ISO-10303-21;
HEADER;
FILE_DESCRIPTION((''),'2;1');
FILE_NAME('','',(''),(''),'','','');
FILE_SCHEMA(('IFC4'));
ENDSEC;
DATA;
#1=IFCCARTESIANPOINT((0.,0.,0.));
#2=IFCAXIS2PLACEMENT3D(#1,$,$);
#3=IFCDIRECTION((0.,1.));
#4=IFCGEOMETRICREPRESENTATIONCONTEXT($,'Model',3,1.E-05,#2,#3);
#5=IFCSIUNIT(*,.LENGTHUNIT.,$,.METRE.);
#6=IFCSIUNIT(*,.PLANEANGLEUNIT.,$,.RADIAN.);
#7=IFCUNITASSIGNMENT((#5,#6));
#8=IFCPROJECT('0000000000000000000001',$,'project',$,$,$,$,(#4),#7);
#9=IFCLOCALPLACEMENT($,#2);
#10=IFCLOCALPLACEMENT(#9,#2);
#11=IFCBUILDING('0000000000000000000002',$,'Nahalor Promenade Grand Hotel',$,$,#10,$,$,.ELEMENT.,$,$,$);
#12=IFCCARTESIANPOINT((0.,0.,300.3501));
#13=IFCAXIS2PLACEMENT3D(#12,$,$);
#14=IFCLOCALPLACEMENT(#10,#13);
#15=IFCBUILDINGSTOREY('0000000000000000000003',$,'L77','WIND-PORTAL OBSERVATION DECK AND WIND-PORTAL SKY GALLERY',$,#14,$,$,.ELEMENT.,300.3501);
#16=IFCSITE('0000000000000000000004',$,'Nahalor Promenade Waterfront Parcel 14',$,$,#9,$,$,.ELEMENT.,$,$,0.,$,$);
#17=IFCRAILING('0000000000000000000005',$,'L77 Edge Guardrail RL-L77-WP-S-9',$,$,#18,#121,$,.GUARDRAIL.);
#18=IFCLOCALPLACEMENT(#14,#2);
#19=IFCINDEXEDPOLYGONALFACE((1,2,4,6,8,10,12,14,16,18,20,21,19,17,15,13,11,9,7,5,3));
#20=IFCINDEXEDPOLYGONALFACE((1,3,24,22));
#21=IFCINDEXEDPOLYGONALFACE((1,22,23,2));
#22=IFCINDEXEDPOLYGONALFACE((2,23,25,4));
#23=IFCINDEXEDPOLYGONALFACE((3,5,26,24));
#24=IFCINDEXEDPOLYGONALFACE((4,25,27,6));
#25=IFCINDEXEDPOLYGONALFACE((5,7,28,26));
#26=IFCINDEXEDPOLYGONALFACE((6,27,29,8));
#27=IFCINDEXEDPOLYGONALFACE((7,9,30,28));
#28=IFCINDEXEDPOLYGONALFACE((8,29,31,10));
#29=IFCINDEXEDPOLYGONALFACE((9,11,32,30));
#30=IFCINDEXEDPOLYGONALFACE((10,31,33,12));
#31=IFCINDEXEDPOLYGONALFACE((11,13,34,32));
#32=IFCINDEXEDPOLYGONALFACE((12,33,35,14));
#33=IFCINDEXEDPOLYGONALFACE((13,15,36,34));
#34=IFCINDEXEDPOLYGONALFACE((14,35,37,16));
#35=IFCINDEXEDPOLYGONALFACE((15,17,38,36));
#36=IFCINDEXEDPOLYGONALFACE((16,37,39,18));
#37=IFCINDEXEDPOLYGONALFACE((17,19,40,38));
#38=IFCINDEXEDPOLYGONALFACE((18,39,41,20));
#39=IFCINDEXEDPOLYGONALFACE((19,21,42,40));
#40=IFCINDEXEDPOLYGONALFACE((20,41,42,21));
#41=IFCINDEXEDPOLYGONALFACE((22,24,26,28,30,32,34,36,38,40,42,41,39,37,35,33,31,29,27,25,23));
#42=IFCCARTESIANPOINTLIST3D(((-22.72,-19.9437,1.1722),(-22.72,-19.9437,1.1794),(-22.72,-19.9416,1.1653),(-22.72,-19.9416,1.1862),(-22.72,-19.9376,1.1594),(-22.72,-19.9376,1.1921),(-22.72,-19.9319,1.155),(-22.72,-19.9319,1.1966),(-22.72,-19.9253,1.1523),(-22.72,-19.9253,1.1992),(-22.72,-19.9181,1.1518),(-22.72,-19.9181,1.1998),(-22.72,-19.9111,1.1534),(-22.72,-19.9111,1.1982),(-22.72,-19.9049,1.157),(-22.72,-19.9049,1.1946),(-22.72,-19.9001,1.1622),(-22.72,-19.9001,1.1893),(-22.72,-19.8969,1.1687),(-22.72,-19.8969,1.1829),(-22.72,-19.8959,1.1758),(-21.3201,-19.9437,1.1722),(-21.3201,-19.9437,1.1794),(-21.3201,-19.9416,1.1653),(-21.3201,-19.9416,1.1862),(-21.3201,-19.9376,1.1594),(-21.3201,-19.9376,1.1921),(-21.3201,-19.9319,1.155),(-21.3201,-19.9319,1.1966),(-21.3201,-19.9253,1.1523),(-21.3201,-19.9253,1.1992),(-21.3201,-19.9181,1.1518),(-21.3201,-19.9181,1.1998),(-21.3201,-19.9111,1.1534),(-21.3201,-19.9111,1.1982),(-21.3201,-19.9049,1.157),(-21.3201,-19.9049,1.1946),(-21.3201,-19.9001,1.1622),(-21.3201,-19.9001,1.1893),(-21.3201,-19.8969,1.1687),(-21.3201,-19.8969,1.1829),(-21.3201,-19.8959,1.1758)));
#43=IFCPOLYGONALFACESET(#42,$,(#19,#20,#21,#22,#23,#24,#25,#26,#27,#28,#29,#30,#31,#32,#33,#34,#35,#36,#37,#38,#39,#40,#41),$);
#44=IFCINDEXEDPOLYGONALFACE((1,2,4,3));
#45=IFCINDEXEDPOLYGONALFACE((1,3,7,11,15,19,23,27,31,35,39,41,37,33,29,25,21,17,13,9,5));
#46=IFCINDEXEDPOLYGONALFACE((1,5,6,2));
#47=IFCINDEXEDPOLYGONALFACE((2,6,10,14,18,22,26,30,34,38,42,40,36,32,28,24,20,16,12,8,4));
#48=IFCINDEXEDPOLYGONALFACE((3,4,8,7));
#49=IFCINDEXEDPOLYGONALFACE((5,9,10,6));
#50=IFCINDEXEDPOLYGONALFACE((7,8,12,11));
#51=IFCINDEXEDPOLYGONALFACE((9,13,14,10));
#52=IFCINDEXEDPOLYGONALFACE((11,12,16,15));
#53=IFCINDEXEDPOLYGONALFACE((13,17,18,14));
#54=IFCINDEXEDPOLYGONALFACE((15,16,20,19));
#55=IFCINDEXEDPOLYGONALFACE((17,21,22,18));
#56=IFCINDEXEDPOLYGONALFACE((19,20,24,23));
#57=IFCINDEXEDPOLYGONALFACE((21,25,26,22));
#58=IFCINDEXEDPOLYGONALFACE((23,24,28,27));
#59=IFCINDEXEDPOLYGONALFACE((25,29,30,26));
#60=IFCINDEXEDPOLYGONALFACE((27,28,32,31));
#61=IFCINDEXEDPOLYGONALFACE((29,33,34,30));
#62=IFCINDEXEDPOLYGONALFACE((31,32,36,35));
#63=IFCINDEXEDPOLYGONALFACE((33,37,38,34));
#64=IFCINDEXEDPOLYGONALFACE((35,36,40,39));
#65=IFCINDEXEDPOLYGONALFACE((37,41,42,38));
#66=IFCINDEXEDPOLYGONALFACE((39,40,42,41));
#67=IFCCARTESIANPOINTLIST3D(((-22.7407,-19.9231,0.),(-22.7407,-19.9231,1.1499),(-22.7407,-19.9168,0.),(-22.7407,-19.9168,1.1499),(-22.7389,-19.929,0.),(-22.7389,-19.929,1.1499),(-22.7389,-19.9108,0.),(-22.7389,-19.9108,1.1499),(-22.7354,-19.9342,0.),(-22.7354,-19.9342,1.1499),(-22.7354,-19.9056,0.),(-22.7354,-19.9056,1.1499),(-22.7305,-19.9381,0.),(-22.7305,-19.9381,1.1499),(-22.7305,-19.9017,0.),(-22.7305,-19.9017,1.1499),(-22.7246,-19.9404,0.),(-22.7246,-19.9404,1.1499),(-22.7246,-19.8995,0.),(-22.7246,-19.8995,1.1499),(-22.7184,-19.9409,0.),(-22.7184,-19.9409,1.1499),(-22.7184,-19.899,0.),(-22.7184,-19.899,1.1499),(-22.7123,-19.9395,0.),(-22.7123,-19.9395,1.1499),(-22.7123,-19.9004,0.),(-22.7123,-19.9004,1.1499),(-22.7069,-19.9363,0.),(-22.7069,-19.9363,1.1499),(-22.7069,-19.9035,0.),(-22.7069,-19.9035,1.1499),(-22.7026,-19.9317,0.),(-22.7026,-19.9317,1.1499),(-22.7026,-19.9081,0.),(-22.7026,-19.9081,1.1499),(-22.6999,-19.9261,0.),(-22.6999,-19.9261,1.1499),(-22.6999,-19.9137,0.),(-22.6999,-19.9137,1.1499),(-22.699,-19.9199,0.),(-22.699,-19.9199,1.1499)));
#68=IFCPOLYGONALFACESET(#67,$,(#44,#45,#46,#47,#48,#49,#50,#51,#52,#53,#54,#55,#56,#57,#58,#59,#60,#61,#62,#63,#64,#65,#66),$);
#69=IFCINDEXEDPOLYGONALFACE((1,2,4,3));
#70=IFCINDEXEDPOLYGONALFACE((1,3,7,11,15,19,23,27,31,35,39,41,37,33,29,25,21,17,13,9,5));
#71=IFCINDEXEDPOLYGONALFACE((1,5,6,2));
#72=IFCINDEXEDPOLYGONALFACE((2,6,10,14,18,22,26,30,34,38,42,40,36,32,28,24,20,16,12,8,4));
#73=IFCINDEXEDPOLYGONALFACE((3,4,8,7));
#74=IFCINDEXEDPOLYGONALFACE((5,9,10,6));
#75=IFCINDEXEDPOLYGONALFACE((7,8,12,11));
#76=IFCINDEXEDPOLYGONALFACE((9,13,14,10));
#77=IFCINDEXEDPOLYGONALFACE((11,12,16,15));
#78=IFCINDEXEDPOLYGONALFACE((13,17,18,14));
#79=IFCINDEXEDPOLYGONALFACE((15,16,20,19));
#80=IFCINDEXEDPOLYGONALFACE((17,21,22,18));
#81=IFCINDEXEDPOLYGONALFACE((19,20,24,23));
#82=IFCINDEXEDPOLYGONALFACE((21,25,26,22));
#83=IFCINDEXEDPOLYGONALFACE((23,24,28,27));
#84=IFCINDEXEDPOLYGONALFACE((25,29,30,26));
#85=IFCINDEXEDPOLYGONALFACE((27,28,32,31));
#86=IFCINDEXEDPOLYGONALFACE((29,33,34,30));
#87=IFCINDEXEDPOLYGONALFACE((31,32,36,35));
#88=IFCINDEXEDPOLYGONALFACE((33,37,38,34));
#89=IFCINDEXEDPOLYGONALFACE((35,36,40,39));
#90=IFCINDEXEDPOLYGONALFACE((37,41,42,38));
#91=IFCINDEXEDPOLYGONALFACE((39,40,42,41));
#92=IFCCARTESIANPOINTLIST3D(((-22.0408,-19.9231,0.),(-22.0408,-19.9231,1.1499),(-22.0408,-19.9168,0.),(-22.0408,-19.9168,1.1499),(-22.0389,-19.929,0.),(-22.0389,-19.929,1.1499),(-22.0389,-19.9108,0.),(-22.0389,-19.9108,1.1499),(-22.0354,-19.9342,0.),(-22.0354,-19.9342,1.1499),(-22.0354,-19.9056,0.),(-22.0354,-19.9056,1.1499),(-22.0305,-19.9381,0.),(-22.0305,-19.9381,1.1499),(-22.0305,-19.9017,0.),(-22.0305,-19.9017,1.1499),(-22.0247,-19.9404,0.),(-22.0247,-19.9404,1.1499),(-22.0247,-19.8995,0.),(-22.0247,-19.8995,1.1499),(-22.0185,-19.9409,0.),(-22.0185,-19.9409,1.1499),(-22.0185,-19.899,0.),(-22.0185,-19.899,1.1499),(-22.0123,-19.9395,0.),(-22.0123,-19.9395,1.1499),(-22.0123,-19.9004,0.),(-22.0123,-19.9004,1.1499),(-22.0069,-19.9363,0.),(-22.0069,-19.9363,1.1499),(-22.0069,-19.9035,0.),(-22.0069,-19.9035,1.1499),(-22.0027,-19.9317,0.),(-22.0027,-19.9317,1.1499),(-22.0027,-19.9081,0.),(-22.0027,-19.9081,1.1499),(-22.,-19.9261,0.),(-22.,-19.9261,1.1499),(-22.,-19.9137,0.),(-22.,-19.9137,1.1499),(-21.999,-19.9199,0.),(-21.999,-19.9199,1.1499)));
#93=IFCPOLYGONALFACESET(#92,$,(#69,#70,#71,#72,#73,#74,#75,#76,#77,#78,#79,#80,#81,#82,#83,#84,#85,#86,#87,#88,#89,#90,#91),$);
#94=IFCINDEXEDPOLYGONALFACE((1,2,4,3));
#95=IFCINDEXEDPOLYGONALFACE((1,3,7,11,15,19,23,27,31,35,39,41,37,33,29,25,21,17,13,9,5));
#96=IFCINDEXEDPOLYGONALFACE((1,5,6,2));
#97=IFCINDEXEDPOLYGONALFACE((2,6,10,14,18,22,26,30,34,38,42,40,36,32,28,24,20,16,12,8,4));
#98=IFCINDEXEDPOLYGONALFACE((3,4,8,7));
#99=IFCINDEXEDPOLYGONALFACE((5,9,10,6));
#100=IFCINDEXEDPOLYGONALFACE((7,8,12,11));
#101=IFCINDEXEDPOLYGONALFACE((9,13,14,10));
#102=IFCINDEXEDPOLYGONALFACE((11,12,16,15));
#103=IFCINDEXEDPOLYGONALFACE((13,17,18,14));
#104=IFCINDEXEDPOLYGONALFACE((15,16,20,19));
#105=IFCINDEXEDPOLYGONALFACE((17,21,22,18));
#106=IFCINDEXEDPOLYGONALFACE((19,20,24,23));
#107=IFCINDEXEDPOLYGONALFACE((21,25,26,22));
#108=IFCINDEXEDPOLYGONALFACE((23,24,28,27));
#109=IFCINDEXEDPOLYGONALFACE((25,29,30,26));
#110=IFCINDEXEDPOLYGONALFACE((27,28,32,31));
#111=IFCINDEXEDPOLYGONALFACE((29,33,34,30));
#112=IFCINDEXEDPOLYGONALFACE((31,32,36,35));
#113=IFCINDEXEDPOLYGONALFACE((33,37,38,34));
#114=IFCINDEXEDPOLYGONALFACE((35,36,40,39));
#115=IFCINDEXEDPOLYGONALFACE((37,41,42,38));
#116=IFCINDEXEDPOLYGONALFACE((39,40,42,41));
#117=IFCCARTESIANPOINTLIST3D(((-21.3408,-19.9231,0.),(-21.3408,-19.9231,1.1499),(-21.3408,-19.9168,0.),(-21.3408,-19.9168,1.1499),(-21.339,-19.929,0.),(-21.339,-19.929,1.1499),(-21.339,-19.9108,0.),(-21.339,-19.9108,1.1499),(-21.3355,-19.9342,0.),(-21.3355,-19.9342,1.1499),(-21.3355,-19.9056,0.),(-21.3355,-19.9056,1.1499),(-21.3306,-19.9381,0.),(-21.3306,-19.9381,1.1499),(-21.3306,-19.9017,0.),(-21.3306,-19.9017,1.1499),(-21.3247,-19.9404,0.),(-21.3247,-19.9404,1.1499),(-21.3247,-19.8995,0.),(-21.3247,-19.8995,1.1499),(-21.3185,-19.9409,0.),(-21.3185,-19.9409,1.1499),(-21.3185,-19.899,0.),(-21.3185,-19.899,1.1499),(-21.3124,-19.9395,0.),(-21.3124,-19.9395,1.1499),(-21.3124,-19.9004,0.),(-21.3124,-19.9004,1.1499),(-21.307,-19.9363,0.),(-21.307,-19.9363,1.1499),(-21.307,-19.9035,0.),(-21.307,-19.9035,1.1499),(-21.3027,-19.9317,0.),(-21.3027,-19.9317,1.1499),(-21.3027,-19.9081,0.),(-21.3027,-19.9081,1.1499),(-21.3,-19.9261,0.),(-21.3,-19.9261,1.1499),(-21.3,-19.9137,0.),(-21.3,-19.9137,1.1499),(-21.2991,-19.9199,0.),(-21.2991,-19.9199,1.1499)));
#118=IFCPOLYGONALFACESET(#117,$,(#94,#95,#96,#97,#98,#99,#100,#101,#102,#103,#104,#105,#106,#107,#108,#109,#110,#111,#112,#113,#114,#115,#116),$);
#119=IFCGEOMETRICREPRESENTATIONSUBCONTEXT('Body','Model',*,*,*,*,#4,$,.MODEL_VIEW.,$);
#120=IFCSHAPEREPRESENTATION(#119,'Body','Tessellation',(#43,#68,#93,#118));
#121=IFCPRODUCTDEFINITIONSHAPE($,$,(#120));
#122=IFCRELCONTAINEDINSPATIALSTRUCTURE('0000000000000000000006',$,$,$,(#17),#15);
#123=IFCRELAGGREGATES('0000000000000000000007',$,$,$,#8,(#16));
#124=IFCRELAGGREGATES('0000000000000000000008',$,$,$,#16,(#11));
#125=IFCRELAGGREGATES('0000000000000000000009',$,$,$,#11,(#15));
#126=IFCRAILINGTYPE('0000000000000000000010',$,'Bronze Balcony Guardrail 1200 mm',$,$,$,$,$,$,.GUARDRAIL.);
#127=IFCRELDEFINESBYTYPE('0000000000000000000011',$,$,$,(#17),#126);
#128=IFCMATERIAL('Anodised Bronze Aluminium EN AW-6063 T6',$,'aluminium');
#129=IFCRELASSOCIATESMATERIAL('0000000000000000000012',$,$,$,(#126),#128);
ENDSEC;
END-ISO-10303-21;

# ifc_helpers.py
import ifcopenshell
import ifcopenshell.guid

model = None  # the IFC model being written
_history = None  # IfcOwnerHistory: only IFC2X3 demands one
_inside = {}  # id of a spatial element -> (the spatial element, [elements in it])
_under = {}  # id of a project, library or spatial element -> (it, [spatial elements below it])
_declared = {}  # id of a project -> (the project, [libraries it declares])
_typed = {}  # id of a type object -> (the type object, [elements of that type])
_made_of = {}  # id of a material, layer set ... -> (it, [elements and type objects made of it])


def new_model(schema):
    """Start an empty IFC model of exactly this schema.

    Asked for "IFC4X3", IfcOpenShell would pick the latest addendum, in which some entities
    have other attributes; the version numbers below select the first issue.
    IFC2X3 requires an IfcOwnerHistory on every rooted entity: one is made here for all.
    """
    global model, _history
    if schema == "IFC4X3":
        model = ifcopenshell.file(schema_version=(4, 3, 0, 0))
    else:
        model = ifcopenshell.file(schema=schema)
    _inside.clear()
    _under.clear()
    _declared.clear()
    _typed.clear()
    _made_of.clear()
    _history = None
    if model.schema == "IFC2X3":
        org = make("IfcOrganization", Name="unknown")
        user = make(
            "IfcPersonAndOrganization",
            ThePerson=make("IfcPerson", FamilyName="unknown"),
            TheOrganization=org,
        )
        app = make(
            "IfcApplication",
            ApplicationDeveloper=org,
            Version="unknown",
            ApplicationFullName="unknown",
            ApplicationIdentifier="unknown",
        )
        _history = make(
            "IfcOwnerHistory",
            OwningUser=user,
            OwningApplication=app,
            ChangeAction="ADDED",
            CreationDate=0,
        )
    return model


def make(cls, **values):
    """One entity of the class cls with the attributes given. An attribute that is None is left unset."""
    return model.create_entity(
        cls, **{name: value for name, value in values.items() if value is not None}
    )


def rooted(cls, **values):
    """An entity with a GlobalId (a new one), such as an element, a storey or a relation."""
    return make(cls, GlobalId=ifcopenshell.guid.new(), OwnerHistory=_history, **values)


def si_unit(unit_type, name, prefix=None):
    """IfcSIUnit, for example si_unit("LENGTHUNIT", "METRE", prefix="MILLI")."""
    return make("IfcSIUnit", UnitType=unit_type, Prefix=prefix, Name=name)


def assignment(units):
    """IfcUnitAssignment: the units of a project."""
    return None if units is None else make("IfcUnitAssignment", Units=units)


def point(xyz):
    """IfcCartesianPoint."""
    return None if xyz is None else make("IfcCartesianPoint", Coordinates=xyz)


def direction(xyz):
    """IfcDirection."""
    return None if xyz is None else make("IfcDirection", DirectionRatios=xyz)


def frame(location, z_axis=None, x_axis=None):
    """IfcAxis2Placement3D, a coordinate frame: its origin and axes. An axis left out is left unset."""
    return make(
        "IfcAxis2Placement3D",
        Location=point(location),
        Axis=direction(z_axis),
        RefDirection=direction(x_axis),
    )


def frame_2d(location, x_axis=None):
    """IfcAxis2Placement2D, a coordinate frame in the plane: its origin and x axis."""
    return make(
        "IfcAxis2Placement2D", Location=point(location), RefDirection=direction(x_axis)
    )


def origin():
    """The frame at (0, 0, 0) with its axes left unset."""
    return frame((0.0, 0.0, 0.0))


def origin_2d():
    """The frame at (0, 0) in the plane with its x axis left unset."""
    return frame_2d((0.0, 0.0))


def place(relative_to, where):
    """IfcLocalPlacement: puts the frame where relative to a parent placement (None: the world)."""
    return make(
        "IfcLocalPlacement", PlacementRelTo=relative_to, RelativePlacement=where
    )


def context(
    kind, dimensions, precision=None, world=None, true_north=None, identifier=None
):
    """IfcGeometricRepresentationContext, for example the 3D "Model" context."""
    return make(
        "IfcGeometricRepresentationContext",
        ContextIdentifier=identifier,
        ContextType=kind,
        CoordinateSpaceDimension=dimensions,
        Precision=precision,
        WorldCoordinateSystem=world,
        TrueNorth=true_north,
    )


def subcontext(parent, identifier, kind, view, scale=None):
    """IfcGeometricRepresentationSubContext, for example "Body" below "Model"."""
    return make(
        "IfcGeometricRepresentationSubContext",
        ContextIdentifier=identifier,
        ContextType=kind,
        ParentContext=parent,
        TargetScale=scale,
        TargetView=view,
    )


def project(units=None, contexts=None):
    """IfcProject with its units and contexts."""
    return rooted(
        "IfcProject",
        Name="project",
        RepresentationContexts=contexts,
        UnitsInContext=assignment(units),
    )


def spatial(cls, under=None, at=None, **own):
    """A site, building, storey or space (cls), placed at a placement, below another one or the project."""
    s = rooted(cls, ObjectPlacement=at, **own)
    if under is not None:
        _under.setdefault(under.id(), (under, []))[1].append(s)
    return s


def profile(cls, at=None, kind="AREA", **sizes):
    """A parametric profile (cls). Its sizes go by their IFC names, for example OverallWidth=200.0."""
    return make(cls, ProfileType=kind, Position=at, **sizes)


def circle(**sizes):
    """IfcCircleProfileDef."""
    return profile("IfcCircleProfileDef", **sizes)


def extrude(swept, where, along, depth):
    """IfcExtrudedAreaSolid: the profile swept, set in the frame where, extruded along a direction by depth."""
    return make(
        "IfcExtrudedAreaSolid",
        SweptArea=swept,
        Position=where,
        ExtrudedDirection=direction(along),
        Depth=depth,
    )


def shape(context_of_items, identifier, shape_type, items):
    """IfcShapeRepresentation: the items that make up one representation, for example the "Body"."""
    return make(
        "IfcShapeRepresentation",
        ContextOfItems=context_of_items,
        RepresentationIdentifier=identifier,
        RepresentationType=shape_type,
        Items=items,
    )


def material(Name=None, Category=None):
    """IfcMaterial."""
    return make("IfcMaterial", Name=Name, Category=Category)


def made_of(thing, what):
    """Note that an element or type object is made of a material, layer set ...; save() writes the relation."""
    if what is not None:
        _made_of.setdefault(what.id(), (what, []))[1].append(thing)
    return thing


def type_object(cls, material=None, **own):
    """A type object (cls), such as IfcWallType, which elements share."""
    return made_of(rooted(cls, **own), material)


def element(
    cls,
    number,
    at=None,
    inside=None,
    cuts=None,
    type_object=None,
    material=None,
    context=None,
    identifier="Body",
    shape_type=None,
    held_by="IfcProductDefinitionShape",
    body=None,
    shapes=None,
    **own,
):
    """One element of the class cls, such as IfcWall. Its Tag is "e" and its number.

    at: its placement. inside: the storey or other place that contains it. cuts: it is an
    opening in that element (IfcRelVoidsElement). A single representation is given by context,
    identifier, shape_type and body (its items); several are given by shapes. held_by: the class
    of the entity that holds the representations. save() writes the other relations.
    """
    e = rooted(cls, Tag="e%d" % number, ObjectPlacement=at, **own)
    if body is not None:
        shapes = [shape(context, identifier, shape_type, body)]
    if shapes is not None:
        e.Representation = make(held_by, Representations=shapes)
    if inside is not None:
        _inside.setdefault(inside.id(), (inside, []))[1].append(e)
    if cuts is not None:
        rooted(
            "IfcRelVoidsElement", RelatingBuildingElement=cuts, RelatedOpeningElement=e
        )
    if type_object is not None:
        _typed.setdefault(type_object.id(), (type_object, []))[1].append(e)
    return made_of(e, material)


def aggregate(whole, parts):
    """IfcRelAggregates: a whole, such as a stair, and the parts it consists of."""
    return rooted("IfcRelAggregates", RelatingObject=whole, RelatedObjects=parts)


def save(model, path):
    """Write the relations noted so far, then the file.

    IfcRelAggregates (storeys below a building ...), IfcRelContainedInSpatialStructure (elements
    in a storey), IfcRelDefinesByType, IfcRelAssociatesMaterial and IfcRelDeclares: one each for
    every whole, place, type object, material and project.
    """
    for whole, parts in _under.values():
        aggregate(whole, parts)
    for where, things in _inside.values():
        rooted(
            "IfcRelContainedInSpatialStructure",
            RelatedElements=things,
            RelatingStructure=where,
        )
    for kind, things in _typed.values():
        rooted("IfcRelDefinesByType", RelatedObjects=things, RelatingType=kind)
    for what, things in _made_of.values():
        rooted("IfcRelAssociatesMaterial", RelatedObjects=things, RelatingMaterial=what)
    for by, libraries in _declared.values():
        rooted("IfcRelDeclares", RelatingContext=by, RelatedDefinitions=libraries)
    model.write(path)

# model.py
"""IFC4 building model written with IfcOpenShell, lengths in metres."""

from ifc_helpers import new_model, si_unit, direction, frame, origin, origin_2d, place, context, subcontext, project, spatial, circle, extrude, material, type_object, element, save


model = new_model("IFC4")

# Units and contexts
model_context = context("Model", 3, precision=1e-05, world=origin(), true_north=direction((0.0, 1.0)))
body_context = subcontext(model_context, "Body", "Model", "MODEL_VIEW")
ifc_project = project(units=[si_unit("LENGTHUNIT", "METRE"), si_unit("PLANEANGLEUNIT", "RADIAN")], contexts=[model_context])

# Site, building, storey
site_placement = place(None, origin())
site = spatial("IfcSite", under=ifc_project, at=site_placement, Name="Nahalor Promenade Waterfront Parcel 14", CompositionType="ELEMENT", RefElevation=0.0)
building_placement = place(site_placement, origin())
building = spatial("IfcBuilding", under=site, at=building_placement, Name="Nahalor Promenade Grand Hotel", CompositionType="ELEMENT")
storey_placement = place(building_placement, frame((0.0, 0.0, 300.3501)))
storey = spatial("IfcBuildingStorey", under=building, at=storey_placement, Name="L77", Description="WIND-PORTAL OBSERVATION DECK AND WIND-PORTAL SKY GALLERY", CompositionType="ELEMENT", Elevation=300.3501)

# Railing
ifc_material_1 = material(Name="Anodised Bronze Aluminium EN AW-6063 T6", Category="aluminium")
railing_type = type_object("IfcRailingType", Name="Bronze Balcony Guardrail 1200 mm", PredefinedType="GUARDRAIL", material=ifc_material_1)
railing_1_placement = place(storey_placement, frame((-22.72, -19.9199, 0.0)))
element("IfcRailing", 1, at=railing_1_placement, inside=storey, type_object=railing_type, Name="L77 Edge Guardrail RL-L77-WP-S-9", PredefinedType="GUARDRAIL", context=body_context, shape_type="SweptSolid", body=[
    extrude(circle(Radius=0.024, at=origin_2d()), frame((0.0, 0.0, 1.1758), z_axis=(1.0, 0.0, 0.0), x_axis=(0.0, 1.0, 0.0)), (0.0, 0.0, 1.0), 1.3999),
    extrude(circle(Radius=0.021, at=origin_2d()), origin(), (0.0, 0.0, 1.0), 1.1499),
    extrude(circle(Radius=0.021, at=origin_2d()), frame((0.7, 0.0, 0.0)), (0.0, 0.0, 1.0), 1.1499),
    extrude(circle(Radius=0.021, at=origin_2d()), frame((1.3999, 0.0, 0.0)), (0.0, 0.0, 1.0), 1.1499),
])

save(model, "model.ifc")
